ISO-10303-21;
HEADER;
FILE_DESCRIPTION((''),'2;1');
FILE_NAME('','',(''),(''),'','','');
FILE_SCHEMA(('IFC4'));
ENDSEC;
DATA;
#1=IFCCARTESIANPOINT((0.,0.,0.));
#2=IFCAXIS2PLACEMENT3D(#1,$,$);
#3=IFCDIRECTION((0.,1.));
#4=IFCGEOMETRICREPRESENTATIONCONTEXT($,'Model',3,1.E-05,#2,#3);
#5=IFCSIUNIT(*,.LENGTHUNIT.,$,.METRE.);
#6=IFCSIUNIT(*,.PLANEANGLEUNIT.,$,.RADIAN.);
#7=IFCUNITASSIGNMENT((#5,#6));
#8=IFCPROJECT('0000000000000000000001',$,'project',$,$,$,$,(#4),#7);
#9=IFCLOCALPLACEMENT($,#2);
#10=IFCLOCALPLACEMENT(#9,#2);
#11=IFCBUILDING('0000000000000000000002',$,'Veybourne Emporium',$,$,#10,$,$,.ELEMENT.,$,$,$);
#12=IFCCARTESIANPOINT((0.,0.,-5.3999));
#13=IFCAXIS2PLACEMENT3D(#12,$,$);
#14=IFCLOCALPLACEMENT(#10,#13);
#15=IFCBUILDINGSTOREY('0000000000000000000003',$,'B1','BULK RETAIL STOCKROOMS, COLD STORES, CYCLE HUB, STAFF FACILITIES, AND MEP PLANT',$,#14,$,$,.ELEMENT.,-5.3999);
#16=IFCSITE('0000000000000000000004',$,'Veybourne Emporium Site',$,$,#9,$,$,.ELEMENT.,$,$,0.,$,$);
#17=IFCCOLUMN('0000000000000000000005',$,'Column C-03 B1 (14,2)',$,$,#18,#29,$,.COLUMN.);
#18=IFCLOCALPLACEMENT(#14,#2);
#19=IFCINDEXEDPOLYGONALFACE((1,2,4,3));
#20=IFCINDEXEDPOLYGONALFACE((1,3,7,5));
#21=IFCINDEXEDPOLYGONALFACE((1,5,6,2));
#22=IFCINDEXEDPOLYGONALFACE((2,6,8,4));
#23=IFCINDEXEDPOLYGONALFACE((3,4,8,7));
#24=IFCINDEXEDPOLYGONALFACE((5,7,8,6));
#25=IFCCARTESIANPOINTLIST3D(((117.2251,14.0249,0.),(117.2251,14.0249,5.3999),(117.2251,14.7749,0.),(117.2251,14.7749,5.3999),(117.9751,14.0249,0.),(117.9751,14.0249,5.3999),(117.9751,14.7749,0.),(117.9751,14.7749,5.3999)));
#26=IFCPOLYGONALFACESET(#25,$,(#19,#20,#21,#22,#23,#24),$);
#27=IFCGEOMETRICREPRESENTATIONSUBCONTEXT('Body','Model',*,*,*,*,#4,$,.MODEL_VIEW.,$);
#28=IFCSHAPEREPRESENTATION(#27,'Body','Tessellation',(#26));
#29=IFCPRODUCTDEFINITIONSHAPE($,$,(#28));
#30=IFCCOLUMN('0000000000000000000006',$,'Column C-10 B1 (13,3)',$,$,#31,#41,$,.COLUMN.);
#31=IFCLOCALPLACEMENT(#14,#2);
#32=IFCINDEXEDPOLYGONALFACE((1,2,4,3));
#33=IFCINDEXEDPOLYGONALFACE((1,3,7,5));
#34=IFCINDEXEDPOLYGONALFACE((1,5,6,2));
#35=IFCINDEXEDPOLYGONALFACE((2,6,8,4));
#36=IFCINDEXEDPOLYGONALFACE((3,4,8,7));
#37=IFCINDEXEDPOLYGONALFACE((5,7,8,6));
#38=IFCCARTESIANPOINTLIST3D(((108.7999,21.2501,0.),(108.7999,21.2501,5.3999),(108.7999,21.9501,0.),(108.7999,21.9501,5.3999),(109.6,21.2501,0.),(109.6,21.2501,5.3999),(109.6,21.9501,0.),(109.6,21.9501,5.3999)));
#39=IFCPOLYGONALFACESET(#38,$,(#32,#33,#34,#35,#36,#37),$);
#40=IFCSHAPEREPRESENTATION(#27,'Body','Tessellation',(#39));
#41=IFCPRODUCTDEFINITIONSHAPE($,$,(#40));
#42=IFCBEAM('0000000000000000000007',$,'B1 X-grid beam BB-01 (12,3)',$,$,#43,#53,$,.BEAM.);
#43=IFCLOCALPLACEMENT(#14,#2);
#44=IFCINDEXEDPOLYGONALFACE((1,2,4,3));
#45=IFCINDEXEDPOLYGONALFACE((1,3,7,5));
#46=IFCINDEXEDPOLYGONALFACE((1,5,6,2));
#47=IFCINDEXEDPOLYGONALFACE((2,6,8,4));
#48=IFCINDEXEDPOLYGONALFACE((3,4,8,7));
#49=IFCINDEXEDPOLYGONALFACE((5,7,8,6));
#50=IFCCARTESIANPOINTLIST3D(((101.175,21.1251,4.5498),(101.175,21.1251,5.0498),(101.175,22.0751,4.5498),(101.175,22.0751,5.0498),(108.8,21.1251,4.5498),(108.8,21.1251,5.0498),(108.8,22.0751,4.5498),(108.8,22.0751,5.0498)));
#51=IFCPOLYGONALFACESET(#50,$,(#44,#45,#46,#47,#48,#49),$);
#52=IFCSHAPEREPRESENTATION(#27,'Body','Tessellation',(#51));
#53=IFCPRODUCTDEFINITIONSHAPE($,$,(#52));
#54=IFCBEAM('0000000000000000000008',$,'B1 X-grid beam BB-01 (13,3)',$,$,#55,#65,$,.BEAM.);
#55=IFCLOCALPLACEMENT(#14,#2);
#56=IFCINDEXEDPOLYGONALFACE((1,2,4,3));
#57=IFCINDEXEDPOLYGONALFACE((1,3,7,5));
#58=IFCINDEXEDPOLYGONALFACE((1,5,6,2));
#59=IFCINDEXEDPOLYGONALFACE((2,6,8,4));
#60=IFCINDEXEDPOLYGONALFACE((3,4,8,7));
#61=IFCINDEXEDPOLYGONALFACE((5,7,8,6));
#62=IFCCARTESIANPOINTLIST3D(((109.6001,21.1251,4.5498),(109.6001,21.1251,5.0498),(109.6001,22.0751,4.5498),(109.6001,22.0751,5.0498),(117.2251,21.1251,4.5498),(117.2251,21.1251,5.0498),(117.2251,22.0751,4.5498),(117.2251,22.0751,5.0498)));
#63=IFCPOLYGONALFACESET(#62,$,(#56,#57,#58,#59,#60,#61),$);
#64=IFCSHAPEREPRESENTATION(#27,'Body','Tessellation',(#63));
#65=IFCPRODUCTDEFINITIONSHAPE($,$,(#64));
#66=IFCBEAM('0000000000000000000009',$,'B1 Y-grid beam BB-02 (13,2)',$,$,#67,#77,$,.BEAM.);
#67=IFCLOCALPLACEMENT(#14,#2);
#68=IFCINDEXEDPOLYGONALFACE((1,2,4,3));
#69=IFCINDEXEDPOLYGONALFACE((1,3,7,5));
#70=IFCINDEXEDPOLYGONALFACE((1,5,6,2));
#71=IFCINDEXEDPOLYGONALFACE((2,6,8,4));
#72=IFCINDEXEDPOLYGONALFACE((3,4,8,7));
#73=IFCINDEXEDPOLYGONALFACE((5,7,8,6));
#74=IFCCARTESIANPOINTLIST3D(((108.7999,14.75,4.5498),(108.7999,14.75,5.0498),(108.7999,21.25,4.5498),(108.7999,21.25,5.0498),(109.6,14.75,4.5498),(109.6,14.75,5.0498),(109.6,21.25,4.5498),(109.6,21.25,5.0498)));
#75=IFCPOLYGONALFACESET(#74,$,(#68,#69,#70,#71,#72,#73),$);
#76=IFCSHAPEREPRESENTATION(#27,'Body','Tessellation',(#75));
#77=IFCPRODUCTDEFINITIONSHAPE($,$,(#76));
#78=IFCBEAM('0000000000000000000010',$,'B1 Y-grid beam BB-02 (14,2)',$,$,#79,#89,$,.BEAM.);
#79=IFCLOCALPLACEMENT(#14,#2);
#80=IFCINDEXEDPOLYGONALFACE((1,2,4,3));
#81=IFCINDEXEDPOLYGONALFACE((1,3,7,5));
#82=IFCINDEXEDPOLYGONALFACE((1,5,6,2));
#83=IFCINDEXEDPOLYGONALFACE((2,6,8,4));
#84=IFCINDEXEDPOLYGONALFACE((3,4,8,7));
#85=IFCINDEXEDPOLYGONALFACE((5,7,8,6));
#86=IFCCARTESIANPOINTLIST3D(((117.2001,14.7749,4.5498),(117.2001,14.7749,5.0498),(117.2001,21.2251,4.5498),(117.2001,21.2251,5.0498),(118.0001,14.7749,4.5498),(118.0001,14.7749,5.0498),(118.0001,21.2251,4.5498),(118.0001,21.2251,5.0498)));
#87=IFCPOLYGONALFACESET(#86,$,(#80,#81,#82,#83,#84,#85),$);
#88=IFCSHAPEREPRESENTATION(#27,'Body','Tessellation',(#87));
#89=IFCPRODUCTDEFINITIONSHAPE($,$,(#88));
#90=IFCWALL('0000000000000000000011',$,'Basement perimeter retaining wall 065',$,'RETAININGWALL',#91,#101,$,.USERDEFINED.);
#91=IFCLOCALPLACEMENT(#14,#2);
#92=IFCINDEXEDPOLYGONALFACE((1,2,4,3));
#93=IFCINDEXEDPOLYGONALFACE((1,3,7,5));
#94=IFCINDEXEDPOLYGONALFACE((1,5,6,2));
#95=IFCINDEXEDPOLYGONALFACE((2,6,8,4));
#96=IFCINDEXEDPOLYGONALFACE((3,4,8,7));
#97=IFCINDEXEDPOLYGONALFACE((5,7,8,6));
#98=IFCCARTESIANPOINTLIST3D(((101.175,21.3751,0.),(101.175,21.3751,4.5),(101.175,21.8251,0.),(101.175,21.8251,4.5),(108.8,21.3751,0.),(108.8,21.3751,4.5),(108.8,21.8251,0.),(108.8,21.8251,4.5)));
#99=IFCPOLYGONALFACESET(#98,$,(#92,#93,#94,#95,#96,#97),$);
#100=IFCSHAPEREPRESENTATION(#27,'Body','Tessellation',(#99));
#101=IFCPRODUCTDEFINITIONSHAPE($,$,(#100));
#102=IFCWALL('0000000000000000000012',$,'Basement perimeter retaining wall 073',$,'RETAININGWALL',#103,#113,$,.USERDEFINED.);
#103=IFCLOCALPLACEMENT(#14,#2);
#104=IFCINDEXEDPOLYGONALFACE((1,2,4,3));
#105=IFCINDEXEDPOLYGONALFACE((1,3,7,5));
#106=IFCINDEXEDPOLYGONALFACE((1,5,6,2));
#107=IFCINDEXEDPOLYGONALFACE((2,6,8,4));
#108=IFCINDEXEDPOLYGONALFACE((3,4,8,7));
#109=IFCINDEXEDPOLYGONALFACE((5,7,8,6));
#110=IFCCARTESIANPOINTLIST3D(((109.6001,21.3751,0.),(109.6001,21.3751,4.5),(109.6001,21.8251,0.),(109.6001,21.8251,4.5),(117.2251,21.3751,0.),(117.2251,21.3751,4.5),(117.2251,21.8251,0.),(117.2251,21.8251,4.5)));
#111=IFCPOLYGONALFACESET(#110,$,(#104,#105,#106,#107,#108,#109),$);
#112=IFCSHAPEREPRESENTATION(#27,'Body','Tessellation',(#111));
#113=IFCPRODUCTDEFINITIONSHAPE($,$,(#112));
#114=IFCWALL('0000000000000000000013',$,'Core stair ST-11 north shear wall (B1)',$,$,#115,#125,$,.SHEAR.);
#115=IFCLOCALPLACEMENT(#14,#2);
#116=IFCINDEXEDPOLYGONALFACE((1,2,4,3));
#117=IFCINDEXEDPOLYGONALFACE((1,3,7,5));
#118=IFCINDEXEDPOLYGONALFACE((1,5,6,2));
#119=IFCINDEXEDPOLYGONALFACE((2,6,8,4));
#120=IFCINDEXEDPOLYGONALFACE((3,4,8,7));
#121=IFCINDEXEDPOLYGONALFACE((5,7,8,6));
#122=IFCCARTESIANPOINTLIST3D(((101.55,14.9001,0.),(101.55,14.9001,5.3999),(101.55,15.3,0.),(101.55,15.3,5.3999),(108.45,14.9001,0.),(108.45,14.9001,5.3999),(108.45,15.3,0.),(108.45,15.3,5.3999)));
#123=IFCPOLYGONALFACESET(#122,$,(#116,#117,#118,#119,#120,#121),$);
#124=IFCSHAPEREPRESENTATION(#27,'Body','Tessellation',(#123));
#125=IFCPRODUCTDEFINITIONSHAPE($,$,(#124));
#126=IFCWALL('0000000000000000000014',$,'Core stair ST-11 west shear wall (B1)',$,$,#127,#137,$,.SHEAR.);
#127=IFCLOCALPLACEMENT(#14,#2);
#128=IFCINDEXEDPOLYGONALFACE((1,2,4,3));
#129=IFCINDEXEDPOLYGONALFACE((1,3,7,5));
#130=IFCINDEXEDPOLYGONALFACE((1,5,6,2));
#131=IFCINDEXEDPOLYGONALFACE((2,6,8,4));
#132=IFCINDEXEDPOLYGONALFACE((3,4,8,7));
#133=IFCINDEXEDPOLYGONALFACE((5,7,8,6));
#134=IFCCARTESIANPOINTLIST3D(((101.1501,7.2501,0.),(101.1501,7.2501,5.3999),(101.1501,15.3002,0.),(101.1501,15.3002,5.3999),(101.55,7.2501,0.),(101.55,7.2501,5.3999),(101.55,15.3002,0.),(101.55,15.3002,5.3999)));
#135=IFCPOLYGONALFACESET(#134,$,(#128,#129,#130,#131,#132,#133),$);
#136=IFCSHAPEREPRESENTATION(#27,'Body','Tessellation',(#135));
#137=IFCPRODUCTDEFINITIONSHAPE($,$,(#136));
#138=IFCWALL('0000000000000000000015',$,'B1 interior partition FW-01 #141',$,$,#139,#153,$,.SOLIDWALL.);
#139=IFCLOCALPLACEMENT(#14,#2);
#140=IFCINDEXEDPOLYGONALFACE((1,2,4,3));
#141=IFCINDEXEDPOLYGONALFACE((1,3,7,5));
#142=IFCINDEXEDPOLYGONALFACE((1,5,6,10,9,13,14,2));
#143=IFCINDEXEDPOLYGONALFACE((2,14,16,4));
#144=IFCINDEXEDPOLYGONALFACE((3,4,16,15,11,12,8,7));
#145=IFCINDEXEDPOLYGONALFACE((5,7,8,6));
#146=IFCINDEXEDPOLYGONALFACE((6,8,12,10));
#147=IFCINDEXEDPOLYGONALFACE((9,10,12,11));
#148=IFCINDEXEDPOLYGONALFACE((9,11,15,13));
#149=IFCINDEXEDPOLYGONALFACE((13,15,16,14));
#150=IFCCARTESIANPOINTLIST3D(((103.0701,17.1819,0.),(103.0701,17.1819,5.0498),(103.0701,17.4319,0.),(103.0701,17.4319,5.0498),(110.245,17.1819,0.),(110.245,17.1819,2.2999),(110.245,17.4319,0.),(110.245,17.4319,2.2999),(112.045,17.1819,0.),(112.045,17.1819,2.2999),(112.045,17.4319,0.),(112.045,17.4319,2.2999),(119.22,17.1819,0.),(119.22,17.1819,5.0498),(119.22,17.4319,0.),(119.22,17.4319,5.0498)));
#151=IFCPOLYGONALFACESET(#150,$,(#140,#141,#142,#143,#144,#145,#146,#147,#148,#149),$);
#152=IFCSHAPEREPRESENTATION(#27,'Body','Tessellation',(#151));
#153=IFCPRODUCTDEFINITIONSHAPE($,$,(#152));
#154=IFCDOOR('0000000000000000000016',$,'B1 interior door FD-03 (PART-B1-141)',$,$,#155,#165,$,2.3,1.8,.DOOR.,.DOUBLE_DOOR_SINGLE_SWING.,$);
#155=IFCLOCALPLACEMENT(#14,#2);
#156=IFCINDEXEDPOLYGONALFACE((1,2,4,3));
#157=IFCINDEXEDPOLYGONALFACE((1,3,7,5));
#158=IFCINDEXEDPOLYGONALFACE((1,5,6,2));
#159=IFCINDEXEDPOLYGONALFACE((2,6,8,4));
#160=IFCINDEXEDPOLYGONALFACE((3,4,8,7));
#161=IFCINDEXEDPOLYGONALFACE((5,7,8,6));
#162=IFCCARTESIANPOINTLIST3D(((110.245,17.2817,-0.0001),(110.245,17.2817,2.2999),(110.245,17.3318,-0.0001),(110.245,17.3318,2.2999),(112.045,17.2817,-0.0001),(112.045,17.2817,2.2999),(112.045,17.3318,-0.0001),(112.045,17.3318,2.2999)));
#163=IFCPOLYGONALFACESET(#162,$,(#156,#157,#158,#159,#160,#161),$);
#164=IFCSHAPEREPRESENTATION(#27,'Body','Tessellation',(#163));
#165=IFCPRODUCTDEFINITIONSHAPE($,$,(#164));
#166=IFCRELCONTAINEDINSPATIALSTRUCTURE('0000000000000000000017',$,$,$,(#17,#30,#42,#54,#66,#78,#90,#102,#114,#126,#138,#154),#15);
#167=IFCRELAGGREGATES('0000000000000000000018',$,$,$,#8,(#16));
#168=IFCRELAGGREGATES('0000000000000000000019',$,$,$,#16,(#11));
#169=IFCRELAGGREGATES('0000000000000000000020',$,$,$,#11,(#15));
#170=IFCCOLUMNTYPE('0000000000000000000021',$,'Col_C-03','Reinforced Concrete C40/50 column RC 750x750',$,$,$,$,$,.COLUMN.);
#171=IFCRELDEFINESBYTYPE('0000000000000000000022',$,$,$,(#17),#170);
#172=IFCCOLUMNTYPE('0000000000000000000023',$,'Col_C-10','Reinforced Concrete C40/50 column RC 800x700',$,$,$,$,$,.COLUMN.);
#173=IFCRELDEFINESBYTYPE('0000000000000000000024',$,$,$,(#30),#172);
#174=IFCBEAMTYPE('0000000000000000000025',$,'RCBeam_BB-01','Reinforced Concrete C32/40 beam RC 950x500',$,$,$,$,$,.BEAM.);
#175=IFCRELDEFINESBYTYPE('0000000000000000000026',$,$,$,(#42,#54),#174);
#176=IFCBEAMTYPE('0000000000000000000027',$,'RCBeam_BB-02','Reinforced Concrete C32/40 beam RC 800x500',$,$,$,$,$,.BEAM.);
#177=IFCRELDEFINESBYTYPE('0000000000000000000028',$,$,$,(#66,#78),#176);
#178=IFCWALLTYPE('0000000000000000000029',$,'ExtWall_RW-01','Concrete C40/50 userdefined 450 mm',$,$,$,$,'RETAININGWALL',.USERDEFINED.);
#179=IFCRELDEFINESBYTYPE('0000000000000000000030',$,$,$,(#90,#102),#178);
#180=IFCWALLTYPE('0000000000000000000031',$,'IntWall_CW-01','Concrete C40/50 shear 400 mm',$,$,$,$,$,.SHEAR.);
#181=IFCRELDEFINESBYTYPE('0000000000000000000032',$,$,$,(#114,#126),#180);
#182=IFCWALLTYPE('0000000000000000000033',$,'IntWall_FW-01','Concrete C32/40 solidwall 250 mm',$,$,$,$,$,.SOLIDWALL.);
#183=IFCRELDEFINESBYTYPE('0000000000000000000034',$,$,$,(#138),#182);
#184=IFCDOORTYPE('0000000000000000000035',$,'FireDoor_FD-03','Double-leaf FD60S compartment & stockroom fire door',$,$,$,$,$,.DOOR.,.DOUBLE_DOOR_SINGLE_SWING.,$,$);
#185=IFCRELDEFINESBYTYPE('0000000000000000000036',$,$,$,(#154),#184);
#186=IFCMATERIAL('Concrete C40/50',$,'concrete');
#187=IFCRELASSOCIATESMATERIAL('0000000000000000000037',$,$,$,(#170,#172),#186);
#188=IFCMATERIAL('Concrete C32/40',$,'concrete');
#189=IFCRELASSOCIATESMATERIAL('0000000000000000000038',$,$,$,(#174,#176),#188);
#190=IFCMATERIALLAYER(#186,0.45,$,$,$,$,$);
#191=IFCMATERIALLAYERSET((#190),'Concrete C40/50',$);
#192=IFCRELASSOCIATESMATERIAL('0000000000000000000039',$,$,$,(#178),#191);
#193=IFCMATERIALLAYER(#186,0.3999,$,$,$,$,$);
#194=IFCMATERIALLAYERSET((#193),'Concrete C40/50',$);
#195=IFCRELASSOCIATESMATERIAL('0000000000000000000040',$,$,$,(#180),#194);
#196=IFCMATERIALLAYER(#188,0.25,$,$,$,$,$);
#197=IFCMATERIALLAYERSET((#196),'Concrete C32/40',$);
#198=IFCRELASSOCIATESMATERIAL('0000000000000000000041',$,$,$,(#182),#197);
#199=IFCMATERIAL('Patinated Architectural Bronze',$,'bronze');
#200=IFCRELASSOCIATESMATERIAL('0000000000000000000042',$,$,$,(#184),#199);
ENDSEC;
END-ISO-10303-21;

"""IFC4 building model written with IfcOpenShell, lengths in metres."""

from ifc_helpers import new_model, si_unit, direction, frame, frame_2d, origin, origin_2d, place, context, subcontext, project, spatial, rectangle, extrude, material, layer, layer_set, material_profile, profile_set, type_object, element, fill, save


model = new_model("IFC4")

# Units and contexts
model_context = context("Model", 3, precision=1e-05, world=origin(), true_north=direction((0.0, 1.0)))
body_context = subcontext(model_context, "Body", "Model", "MODEL_VIEW")
ifc_project = project(units=[si_unit("LENGTHUNIT", "METRE"), si_unit("PLANEANGLEUNIT", "RADIAN")], contexts=[model_context])

# Site, building, storey
site_placement = place(None, origin())
site = spatial("IfcSite", under=ifc_project, at=site_placement, Name="Veybourne Emporium Site", CompositionType="ELEMENT", RefElevation=0.0)
building_placement = place(site_placement, origin())
building = spatial("IfcBuilding", under=site, at=building_placement, Name="Veybourne Emporium", CompositionType="ELEMENT")
storey_placement = place(building_placement, frame((0.0, 0.0, -5.3999)))
storey = spatial("IfcBuildingStorey", under=building, at=storey_placement, Name="B1", Description="BULK RETAIL STOCKROOMS, COLD STORES, CYCLE HUB, STAFF FACILITIES, AND MEP PLANT", CompositionType="ELEMENT", Elevation=-5.3999)

# Columns
ifc_material_1 = material(Name="Concrete C40/50", Category="concrete")
ifc_material_profile_1 = material_profile(ifc_material_1, rectangle(XDim=0.75, YDim=0.75, at=origin_2d()), Name="RC 750x750")
ifc_profile_set_1 = profile_set([ifc_material_profile_1], Name="Concrete C40/50")
column_type_1 = type_object("IfcColumnType", Name="Col_C-03", Description="Reinforced Concrete C40/50 column RC 750x750", PredefinedType="COLUMN", material=ifc_profile_set_1)
column_1_placement = place(storey_placement, frame((117.6001, 14.3999, 0.0), z_axis=(0.0, 0.0, 1.0), x_axis=(1.0, 0.0, 0.0)))
element("IfcColumn", 1, at=column_1_placement, inside=storey, type_object=column_type_1, Name="Column C-03 B1 (14,2)", PredefinedType="COLUMN", context=body_context, shape_type="SweptSolid", body=[
    extrude(rectangle(XDim=0.75, YDim=0.75, at=origin_2d()), origin(), (0.0, 0.0, 1.0), 5.3999),
])
ifc_material_profile_2 = material_profile(ifc_material_1, rectangle(XDim=0.8, YDim=0.7, at=origin_2d()), Name="RC 800x700")
ifc_profile_set_2 = profile_set([ifc_material_profile_2], Name="Concrete C40/50")
column_type_2 = type_object("IfcColumnType", Name="Col_C-10", Description="Reinforced Concrete C40/50 column RC 800x700", PredefinedType="COLUMN", material=ifc_profile_set_2)
column_2_placement = place(storey_placement, frame((109.2, 21.6001, 0.0), z_axis=(0.0, 0.0, 1.0), x_axis=(1.0, 0.0, 0.0)))
element("IfcColumn", 2, at=column_2_placement, inside=storey, type_object=column_type_2, Name="Column C-10 B1 (13,3)", PredefinedType="COLUMN", context=body_context, shape_type="SweptSolid", body=[
    extrude(rectangle(XDim=0.8, YDim=0.7, at=origin_2d()), origin(), (0.0, 0.0, 1.0), 5.3999),
])

# Beams
ifc_material_2 = material(Name="Concrete C32/40", Category="concrete")
ifc_material_profile_3 = material_profile(ifc_material_2, rectangle(XDim=0.95, YDim=0.5, at=origin_2d()), Name="RC 950x500")
ifc_profile_set_3 = profile_set([ifc_material_profile_3], Name="Concrete C32/40")
beam_type_1 = type_object("IfcBeamType", Name="RCBeam_BB-01", Description="Reinforced Concrete C32/40 beam RC 950x500", PredefinedType="BEAM", material=ifc_profile_set_3)
for number, where, z_axis, x_axis, name in (
    (3, (101.175, 21.6001, 4.7998), (1.0, 0.0, 0.0), (0.0, 1.0, 0.0), "B1 X-grid beam BB-01 (12,3)"),
    (4, (109.6001, 21.6001, 4.7998), (1.0, 0.0, 0.0), (0.0, 1.0, 0.0), "B1 X-grid beam BB-01 (13,3)"),
):
    element("IfcBeam", number, at=place(storey_placement, frame(where, z_axis=z_axis, x_axis=x_axis)), inside=storey, type_object=beam_type_1, Name=name, PredefinedType="BEAM", context=body_context, shape_type="SweptSolid", body=[
        extrude(rectangle(XDim=0.95, YDim=0.5, at=origin_2d()), origin(), (0.0, 0.0, 1.0), 7.625),
    ])
ifc_material_profile_4 = material_profile(ifc_material_2, rectangle(XDim=0.8, YDim=0.5, at=origin_2d()), Name="RC 800x500")
ifc_profile_set_4 = profile_set([ifc_material_profile_4], Name="Concrete C32/40")
beam_type_2 = type_object("IfcBeamType", Name="RCBeam_BB-02", Description="Reinforced Concrete C32/40 beam RC 800x500", PredefinedType="BEAM", material=ifc_profile_set_4)
beam_1_placement = place(storey_placement, frame((109.2, 14.75, 4.7998), z_axis=(0.0, 1.0, 0.0), x_axis=(-1.0, 0.0, 0.0)))
element("IfcBeam", 5, at=beam_1_placement, inside=storey, type_object=beam_type_2, Name="B1 Y-grid beam BB-02 (13,2)", PredefinedType="BEAM", context=body_context, shape_type="SweptSolid", body=[
    extrude(rectangle(XDim=0.8, YDim=0.5, at=origin_2d()), origin(), (0.0, 0.0, 1.0), 6.5),
])
beam_2_placement = place(storey_placement, frame((117.6001, 14.7749, 4.7998), z_axis=(0.0, 1.0, 0.0), x_axis=(-1.0, 0.0, 0.0)))
element("IfcBeam", 6, at=beam_2_placement, inside=storey, type_object=beam_type_2, Name="B1 Y-grid beam BB-02 (14,2)", PredefinedType="BEAM", context=body_context, shape_type="SweptSolid", body=[
    extrude(rectangle(XDim=0.8, YDim=0.5, at=origin_2d()), origin(), (0.0, 0.0, 1.0), 6.4502),
])

# Walls
ifc_layer_1 = layer(ifc_material_1, 0.45)
ifc_layer_set_1 = layer_set([ifc_layer_1], Name="Concrete C40/50")
wall_type_1 = type_object("IfcWallType", Name="ExtWall_RW-01", Description="Concrete C40/50 userdefined 450 mm", ElementType="RETAININGWALL", PredefinedType="USERDEFINED", material=ifc_layer_set_1)
for number, where, z_axis, x_axis, name in (
    (7, (101.175, 21.6001, 0.0), (0.0, 0.0, 1.0), (1.0, 0.0, 0.0), "Basement perimeter retaining wall 065"),
    (8, (109.6001, 21.6001, 0.0), (0.0, 0.0, 1.0), (1.0, 0.0, 0.0), "Basement perimeter retaining wall 073"),
):
    element("IfcWall", number, at=place(storey_placement, frame(where, z_axis=z_axis, x_axis=x_axis)), inside=storey, type_object=wall_type_1, Name=name, ObjectType="RETAININGWALL", PredefinedType="USERDEFINED", context=body_context, shape_type="SweptSolid", body=[
        extrude(rectangle(XDim=7.625, YDim=0.45, at=frame_2d((3.8125, 0.0))), origin(), (0.0, 0.0, 1.0), 4.5),
    ])
ifc_layer_2 = layer(ifc_material_1, 0.3999)
ifc_layer_set_2 = layer_set([ifc_layer_2], Name="Concrete C40/50")
wall_type_2 = type_object("IfcWallType", Name="IntWall_CW-01", Description="Concrete C40/50 shear 400 mm", PredefinedType="SHEAR", material=ifc_layer_set_2)
wall_1_placement = place(storey_placement, frame((101.55, 15.1001, 0.0), z_axis=(0.0, 0.0, 1.0), x_axis=(1.0, 0.0, 0.0)))
element("IfcWall", 9, at=wall_1_placement, inside=storey, type_object=wall_type_2, Name="Core stair ST-11 north shear wall (B1)", PredefinedType="SHEAR", context=body_context, shape_type="SweptSolid", body=[
    extrude(rectangle(XDim=6.8999, YDim=0.3999, at=frame_2d((3.45, 0.0))), origin(), (0.0, 0.0, 1.0), 5.3999),
])
wall_2_placement = place(storey_placement, frame((101.3501, 15.3, 0.0), z_axis=(0.0, 0.0, 1.0), x_axis=(0.0, -1.0, 0.0)))
element("IfcWall", 10, at=wall_2_placement, inside=storey, type_object=wall_type_2, Name="Core stair ST-11 west shear wall (B1)", PredefinedType="SHEAR", context=body_context, shape_type="SweptSolid", body=[
    extrude(rectangle(XDim=8.05, YDim=0.3999, at=frame_2d((4.0249, 0.0))), origin(), (0.0, 0.0, 1.0), 5.3999),
])

# Wall, opening, door
ifc_layer_3 = layer(ifc_material_2, 0.25)
ifc_layer_set_3 = layer_set([ifc_layer_3], Name="Concrete C32/40")
wall_type_3 = type_object("IfcWallType", Name="IntWall_FW-01", Description="Concrete C32/40 solidwall 250 mm", PredefinedType="SOLIDWALL", material=ifc_layer_set_3)
wall_3_placement = place(storey_placement, frame((103.0701, 17.3069, 0.0), z_axis=(0.0, 0.0, 1.0), x_axis=(1.0, 0.0, 0.0)))
wall_3 = element("IfcWall", 11, at=wall_3_placement, inside=storey, type_object=wall_type_3, Name="B1 interior partition FW-01 #141", PredefinedType="SOLIDWALL", context=body_context, shape_type="SweptSolid", body=[
    extrude(rectangle(XDim=16.1499, YDim=0.25, at=frame_2d((8.075, 0.0))), origin(), (0.0, 0.0, 1.0), 5.0498),
])
opening_1_placement = place(wall_3_placement, frame((7.175, 0.0, 0.0)))
opening_1 = element("IfcOpeningElement", 12, at=opening_1_placement, cuts=wall_3, PredefinedType="OPENING", context=body_context, shape_type="SweptSolid", body=[
    extrude(rectangle(XDim=1.8, YDim=2.3, at=frame_2d((0.8999, 1.1499))), frame((0.0, 0.145, 0.0), z_axis=(0.0, -1.0, 0.0), x_axis=(1.0, 0.0, 0.0)), (0.0, 0.0, 1.0), 0.29),
])
ifc_material_3 = material(Name="Patinated Architectural Bronze", Category="bronze")
door_type_1 = type_object("IfcDoorType", Name="FireDoor_FD-03", Description="Double-leaf FD60S compartment & stockroom fire door", OperationType="DOUBLE_DOOR_SINGLE_SWING", PredefinedType="DOOR", material=ifc_material_3)
door_1_placement = place(opening_1_placement, origin())
door_1 = element("IfcDoor", 13, at=door_1_placement, inside=storey, type_object=door_type_1, Name="B1 interior door FD-03 (PART-B1-141)", OperationType="DOUBLE_DOOR_SINGLE_SWING", OverallHeight=2.3, OverallWidth=1.8, PredefinedType="DOOR", context=body_context, shape_type="SweptSolid", body=[
    extrude(rectangle(XDim=1.8, YDim=2.3, at=frame_2d((0.8999, 1.1499))), frame((0.0, 0.0249, 0.0), z_axis=(0.0, -1.0, 0.0), x_axis=(1.0, 0.0, 0.0)), (0.0, 0.0, 1.0), 0.05),
])
fill(opening_1, door_1)

save(model, "model.ifc")
